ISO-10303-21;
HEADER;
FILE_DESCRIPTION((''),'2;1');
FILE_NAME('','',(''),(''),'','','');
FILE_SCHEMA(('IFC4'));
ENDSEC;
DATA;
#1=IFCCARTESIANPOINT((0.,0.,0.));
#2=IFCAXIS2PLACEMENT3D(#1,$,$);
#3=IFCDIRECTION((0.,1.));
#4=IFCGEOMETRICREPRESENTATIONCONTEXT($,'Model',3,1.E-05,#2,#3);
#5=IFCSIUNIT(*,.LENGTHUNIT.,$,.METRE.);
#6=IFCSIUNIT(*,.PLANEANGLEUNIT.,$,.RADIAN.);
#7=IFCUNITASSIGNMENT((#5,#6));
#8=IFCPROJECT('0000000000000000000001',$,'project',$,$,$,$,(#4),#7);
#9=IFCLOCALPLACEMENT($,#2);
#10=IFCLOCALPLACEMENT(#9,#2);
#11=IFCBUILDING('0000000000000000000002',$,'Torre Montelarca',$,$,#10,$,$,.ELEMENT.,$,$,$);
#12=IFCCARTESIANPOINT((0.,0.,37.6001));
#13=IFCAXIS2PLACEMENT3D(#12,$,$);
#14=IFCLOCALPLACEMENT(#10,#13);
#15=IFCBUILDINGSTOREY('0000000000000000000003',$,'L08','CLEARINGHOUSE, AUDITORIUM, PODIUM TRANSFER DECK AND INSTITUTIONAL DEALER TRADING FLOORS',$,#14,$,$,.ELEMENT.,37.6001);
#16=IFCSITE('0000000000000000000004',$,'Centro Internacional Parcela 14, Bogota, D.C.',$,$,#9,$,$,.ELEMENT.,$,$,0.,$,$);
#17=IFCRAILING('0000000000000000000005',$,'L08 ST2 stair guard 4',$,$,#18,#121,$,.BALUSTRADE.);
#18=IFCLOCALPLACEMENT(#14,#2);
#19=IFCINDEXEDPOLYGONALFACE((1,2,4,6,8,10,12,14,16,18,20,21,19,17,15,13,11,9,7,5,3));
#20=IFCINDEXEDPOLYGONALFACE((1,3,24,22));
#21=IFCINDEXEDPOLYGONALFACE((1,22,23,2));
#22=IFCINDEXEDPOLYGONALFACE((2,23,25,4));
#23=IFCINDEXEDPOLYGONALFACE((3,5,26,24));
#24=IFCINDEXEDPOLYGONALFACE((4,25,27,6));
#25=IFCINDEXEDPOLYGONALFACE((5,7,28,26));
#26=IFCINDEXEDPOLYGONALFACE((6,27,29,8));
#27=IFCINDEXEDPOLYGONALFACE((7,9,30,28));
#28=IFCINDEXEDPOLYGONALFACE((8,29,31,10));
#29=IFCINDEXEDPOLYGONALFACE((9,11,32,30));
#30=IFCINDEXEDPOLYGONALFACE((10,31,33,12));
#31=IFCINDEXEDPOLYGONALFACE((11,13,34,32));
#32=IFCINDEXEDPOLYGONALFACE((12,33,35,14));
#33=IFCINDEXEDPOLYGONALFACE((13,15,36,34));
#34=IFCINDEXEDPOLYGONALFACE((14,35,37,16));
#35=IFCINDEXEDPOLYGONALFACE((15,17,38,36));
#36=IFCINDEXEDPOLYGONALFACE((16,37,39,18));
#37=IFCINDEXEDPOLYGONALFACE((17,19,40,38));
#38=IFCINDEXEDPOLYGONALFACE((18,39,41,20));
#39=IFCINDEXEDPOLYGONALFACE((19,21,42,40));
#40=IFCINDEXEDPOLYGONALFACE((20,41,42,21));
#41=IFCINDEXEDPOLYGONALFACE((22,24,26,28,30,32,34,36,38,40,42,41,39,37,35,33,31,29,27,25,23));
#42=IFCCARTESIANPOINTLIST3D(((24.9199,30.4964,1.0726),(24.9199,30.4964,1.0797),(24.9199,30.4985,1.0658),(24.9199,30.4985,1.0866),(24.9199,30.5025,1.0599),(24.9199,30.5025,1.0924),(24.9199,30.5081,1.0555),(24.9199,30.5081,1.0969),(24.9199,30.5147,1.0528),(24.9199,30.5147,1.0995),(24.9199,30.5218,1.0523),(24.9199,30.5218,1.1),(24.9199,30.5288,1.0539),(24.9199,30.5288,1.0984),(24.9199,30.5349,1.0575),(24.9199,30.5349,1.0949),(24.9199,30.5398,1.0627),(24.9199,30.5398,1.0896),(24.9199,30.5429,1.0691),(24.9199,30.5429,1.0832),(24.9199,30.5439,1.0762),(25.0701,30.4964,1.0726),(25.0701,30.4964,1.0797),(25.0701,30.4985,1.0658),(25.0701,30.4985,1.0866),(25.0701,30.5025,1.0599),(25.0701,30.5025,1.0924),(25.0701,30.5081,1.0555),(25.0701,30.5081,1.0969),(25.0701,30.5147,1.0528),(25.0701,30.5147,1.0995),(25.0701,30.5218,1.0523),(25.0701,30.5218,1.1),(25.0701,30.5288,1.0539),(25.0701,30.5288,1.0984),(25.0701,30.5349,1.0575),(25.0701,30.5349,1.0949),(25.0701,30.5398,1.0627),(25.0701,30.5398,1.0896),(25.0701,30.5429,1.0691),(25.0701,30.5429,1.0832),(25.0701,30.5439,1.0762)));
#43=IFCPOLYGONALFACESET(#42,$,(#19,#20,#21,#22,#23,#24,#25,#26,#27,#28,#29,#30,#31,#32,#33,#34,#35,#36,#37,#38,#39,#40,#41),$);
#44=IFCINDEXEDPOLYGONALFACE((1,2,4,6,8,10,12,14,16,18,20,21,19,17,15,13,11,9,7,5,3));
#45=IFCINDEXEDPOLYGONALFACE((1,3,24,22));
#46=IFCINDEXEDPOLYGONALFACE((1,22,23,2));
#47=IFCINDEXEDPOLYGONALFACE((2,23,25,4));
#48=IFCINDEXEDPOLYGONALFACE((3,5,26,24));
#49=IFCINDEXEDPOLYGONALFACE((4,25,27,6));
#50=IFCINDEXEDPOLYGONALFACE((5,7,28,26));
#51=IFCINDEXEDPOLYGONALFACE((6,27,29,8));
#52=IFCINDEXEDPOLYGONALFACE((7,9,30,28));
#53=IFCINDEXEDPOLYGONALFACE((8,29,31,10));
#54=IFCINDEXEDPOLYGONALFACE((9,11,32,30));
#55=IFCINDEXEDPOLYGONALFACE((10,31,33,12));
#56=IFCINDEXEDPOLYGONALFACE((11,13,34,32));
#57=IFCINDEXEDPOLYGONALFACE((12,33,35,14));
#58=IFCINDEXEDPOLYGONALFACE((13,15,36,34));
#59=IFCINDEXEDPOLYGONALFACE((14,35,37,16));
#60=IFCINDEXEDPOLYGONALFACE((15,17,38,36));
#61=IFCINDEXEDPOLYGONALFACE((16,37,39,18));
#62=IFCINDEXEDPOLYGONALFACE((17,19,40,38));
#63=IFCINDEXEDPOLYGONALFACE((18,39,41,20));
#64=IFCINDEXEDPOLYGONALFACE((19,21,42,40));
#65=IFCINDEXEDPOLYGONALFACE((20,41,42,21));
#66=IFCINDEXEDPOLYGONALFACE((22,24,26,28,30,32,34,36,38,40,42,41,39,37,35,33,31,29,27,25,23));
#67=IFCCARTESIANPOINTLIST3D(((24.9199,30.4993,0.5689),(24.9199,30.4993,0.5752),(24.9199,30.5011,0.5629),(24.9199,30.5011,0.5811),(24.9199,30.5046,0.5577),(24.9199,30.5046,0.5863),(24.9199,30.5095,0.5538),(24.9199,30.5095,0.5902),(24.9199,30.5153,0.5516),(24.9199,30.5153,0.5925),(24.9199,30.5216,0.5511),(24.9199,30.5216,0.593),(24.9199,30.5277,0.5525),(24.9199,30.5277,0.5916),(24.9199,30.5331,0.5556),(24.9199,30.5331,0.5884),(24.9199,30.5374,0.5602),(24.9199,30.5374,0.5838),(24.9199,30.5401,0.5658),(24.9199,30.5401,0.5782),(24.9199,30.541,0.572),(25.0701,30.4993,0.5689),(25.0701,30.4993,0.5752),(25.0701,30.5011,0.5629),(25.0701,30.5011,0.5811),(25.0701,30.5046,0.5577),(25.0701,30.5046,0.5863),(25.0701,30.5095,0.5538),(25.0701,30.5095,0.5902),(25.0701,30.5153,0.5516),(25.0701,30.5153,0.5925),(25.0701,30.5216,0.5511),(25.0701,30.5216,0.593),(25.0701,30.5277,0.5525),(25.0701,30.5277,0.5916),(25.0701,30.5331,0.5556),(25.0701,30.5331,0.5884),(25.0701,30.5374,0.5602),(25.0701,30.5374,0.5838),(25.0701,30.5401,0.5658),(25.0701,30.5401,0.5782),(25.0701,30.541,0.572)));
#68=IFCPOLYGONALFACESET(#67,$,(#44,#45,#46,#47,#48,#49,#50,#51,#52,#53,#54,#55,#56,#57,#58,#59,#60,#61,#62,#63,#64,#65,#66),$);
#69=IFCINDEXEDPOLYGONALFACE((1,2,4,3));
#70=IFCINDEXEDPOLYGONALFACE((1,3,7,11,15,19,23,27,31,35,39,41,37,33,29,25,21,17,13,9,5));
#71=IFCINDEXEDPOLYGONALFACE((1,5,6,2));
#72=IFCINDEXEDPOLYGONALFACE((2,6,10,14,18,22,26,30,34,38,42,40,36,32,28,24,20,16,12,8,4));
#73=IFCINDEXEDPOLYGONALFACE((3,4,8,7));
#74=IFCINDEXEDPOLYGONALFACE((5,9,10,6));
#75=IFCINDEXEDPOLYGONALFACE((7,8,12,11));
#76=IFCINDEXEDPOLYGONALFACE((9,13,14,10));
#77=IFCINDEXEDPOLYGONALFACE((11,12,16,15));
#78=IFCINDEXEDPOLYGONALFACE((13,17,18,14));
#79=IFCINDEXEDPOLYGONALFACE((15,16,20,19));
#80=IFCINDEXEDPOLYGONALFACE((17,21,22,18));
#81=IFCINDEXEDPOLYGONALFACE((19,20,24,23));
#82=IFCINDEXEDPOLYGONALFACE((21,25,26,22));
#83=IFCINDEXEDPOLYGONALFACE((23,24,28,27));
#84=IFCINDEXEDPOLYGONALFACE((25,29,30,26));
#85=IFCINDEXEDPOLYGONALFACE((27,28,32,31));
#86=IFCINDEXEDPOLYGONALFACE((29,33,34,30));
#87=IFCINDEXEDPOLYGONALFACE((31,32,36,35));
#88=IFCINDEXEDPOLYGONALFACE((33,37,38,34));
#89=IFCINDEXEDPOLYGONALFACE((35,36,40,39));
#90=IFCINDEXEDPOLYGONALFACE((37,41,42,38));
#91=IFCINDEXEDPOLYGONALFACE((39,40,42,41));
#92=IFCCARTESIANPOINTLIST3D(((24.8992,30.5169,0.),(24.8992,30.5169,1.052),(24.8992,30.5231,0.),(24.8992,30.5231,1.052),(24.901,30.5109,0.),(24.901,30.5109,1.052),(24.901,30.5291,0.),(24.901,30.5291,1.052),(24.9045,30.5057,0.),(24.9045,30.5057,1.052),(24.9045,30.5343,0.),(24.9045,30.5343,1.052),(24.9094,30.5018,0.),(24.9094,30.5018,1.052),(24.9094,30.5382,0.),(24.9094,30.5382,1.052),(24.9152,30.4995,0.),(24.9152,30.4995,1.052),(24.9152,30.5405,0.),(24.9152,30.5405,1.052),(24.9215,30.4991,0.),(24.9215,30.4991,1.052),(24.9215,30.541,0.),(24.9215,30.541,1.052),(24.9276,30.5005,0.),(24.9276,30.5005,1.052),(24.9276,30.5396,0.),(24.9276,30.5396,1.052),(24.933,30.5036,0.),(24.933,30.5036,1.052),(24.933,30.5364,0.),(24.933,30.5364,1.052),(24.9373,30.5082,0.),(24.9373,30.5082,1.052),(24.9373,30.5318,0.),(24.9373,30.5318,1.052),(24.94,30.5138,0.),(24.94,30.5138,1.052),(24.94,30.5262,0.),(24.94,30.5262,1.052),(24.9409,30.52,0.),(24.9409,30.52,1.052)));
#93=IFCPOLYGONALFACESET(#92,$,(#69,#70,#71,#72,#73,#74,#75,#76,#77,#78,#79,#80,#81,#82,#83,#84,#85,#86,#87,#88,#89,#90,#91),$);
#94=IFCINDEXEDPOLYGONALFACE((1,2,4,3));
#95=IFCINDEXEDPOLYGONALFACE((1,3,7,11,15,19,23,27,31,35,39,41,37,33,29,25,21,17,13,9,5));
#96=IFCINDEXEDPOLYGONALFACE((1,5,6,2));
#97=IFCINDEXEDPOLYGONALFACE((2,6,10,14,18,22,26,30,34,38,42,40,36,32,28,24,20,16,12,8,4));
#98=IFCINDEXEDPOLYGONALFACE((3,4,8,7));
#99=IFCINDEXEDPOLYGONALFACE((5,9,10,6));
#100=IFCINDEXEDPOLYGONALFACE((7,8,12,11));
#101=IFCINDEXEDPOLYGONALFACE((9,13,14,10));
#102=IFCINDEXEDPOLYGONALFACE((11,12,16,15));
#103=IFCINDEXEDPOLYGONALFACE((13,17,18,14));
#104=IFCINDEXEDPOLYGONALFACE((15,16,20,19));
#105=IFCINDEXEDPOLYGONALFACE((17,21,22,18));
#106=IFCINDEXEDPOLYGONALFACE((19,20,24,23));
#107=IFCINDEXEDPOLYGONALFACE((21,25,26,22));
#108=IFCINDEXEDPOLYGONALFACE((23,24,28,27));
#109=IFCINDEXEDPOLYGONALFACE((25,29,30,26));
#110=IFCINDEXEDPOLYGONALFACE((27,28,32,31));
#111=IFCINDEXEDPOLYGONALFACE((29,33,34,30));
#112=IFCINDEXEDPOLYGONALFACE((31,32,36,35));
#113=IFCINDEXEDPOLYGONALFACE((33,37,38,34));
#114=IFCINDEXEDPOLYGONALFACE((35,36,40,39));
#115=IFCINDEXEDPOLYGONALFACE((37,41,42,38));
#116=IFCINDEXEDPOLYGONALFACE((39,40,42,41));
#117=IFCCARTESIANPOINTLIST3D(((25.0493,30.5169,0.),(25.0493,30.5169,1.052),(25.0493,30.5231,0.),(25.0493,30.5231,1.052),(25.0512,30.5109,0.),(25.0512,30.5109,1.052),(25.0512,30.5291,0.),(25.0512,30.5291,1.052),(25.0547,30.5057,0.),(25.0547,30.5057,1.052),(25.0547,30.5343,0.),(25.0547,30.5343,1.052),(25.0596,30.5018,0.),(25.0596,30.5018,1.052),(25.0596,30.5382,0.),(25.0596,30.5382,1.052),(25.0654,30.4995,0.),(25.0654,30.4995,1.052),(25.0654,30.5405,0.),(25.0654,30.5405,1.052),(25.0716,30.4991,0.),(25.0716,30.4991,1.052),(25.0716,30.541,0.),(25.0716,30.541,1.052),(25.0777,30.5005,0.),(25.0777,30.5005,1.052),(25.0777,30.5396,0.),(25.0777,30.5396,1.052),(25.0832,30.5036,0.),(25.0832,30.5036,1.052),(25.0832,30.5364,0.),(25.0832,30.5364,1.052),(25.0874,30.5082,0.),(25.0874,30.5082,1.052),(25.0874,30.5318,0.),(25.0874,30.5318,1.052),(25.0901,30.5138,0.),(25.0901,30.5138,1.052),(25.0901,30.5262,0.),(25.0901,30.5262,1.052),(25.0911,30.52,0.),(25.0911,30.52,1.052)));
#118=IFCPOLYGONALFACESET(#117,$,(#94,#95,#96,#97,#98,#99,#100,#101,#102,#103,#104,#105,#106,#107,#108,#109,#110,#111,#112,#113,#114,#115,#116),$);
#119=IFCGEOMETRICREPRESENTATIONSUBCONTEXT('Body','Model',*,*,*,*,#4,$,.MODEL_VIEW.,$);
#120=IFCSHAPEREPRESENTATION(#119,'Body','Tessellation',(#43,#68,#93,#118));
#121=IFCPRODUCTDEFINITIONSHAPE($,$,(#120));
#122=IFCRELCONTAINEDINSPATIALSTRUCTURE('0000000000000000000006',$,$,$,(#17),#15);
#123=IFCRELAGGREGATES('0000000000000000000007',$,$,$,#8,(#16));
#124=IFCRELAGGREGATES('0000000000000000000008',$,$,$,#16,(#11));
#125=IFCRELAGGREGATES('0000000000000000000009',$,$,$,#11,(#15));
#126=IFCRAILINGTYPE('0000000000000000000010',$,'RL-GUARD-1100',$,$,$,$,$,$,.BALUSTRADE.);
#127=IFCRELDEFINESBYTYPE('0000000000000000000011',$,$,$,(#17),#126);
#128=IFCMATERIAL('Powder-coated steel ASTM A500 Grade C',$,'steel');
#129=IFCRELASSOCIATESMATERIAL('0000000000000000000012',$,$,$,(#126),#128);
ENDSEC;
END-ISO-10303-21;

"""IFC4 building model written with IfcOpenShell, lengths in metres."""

from ifc_helpers import new_model, si_unit, direction, frame, origin, origin_2d, place, context, subcontext, project, spatial, circle, extrude, material, type_object, element, save


model = new_model("IFC4")

# Units and contexts
model_context = context("Model", 3, precision=1e-05, world=origin(), true_north=direction((0.0, 1.0)))
body_context = subcontext(model_context, "Body", "Model", "MODEL_VIEW")
ifc_project = project(units=[si_unit("LENGTHUNIT", "METRE"), si_unit("PLANEANGLEUNIT", "RADIAN")], contexts=[model_context])

# Site, building, storey
site_placement = place(None, origin())
site = spatial("IfcSite", under=ifc_project, at=site_placement, Name="Centro Internacional Parcela 14, Bogota, D.C.", CompositionType="ELEMENT", RefElevation=0.0)
building_placement = place(site_placement, origin())
building = spatial("IfcBuilding", under=site, at=building_placement, Name="Torre Montelarca", CompositionType="ELEMENT")
storey_placement = place(building_placement, frame((0.0, 0.0, 37.6001)))
storey = spatial("IfcBuildingStorey", under=building, at=storey_placement, Name="L08", Description="CLEARINGHOUSE, AUDITORIUM, PODIUM TRANSFER DECK AND INSTITUTIONAL DEALER TRADING FLOORS", CompositionType="ELEMENT", Elevation=37.6001)

# Railing
ifc_material_1 = material(Name="Powder-coated steel ASTM A500 Grade C", Category="steel")
railing_type_1 = type_object("IfcRailingType", Name="RL-GUARD-1100", PredefinedType="BALUSTRADE", material=ifc_material_1)
railing_1_placement = place(storey_placement, frame((24.9199, 30.52, 0.0)))
element("IfcRailing", 1, at=railing_1_placement, inside=storey, type_object=railing_type_1, Name="L08 ST2 stair guard 4", PredefinedType="BALUSTRADE", context=body_context, shape_type="SweptSolid", body=[
    extrude(circle(Radius=0.0239, at=origin_2d()), frame((0.0, 0.0, 1.0762), z_axis=(1.0, 0.0, 0.0), x_axis=(0.0, 1.0, 0.0)), (0.0, 0.0, 1.0), 0.1501),
    extrude(circle(Radius=0.021, at=origin_2d()), frame((0.0, 0.0, 0.572), z_axis=(1.0, 0.0, 0.0), x_axis=(0.0, 1.0, 0.0)), (0.0, 0.0, 1.0), 0.1501),
    extrude(circle(Radius=0.021, at=origin_2d()), origin(), (0.0, 0.0, 1.0), 1.052),
    extrude(circle(Radius=0.021, at=origin_2d()), frame((0.1501, 0.0, 0.0)), (0.0, 0.0, 1.0), 1.052),
])

save(model, "model.ifc")
